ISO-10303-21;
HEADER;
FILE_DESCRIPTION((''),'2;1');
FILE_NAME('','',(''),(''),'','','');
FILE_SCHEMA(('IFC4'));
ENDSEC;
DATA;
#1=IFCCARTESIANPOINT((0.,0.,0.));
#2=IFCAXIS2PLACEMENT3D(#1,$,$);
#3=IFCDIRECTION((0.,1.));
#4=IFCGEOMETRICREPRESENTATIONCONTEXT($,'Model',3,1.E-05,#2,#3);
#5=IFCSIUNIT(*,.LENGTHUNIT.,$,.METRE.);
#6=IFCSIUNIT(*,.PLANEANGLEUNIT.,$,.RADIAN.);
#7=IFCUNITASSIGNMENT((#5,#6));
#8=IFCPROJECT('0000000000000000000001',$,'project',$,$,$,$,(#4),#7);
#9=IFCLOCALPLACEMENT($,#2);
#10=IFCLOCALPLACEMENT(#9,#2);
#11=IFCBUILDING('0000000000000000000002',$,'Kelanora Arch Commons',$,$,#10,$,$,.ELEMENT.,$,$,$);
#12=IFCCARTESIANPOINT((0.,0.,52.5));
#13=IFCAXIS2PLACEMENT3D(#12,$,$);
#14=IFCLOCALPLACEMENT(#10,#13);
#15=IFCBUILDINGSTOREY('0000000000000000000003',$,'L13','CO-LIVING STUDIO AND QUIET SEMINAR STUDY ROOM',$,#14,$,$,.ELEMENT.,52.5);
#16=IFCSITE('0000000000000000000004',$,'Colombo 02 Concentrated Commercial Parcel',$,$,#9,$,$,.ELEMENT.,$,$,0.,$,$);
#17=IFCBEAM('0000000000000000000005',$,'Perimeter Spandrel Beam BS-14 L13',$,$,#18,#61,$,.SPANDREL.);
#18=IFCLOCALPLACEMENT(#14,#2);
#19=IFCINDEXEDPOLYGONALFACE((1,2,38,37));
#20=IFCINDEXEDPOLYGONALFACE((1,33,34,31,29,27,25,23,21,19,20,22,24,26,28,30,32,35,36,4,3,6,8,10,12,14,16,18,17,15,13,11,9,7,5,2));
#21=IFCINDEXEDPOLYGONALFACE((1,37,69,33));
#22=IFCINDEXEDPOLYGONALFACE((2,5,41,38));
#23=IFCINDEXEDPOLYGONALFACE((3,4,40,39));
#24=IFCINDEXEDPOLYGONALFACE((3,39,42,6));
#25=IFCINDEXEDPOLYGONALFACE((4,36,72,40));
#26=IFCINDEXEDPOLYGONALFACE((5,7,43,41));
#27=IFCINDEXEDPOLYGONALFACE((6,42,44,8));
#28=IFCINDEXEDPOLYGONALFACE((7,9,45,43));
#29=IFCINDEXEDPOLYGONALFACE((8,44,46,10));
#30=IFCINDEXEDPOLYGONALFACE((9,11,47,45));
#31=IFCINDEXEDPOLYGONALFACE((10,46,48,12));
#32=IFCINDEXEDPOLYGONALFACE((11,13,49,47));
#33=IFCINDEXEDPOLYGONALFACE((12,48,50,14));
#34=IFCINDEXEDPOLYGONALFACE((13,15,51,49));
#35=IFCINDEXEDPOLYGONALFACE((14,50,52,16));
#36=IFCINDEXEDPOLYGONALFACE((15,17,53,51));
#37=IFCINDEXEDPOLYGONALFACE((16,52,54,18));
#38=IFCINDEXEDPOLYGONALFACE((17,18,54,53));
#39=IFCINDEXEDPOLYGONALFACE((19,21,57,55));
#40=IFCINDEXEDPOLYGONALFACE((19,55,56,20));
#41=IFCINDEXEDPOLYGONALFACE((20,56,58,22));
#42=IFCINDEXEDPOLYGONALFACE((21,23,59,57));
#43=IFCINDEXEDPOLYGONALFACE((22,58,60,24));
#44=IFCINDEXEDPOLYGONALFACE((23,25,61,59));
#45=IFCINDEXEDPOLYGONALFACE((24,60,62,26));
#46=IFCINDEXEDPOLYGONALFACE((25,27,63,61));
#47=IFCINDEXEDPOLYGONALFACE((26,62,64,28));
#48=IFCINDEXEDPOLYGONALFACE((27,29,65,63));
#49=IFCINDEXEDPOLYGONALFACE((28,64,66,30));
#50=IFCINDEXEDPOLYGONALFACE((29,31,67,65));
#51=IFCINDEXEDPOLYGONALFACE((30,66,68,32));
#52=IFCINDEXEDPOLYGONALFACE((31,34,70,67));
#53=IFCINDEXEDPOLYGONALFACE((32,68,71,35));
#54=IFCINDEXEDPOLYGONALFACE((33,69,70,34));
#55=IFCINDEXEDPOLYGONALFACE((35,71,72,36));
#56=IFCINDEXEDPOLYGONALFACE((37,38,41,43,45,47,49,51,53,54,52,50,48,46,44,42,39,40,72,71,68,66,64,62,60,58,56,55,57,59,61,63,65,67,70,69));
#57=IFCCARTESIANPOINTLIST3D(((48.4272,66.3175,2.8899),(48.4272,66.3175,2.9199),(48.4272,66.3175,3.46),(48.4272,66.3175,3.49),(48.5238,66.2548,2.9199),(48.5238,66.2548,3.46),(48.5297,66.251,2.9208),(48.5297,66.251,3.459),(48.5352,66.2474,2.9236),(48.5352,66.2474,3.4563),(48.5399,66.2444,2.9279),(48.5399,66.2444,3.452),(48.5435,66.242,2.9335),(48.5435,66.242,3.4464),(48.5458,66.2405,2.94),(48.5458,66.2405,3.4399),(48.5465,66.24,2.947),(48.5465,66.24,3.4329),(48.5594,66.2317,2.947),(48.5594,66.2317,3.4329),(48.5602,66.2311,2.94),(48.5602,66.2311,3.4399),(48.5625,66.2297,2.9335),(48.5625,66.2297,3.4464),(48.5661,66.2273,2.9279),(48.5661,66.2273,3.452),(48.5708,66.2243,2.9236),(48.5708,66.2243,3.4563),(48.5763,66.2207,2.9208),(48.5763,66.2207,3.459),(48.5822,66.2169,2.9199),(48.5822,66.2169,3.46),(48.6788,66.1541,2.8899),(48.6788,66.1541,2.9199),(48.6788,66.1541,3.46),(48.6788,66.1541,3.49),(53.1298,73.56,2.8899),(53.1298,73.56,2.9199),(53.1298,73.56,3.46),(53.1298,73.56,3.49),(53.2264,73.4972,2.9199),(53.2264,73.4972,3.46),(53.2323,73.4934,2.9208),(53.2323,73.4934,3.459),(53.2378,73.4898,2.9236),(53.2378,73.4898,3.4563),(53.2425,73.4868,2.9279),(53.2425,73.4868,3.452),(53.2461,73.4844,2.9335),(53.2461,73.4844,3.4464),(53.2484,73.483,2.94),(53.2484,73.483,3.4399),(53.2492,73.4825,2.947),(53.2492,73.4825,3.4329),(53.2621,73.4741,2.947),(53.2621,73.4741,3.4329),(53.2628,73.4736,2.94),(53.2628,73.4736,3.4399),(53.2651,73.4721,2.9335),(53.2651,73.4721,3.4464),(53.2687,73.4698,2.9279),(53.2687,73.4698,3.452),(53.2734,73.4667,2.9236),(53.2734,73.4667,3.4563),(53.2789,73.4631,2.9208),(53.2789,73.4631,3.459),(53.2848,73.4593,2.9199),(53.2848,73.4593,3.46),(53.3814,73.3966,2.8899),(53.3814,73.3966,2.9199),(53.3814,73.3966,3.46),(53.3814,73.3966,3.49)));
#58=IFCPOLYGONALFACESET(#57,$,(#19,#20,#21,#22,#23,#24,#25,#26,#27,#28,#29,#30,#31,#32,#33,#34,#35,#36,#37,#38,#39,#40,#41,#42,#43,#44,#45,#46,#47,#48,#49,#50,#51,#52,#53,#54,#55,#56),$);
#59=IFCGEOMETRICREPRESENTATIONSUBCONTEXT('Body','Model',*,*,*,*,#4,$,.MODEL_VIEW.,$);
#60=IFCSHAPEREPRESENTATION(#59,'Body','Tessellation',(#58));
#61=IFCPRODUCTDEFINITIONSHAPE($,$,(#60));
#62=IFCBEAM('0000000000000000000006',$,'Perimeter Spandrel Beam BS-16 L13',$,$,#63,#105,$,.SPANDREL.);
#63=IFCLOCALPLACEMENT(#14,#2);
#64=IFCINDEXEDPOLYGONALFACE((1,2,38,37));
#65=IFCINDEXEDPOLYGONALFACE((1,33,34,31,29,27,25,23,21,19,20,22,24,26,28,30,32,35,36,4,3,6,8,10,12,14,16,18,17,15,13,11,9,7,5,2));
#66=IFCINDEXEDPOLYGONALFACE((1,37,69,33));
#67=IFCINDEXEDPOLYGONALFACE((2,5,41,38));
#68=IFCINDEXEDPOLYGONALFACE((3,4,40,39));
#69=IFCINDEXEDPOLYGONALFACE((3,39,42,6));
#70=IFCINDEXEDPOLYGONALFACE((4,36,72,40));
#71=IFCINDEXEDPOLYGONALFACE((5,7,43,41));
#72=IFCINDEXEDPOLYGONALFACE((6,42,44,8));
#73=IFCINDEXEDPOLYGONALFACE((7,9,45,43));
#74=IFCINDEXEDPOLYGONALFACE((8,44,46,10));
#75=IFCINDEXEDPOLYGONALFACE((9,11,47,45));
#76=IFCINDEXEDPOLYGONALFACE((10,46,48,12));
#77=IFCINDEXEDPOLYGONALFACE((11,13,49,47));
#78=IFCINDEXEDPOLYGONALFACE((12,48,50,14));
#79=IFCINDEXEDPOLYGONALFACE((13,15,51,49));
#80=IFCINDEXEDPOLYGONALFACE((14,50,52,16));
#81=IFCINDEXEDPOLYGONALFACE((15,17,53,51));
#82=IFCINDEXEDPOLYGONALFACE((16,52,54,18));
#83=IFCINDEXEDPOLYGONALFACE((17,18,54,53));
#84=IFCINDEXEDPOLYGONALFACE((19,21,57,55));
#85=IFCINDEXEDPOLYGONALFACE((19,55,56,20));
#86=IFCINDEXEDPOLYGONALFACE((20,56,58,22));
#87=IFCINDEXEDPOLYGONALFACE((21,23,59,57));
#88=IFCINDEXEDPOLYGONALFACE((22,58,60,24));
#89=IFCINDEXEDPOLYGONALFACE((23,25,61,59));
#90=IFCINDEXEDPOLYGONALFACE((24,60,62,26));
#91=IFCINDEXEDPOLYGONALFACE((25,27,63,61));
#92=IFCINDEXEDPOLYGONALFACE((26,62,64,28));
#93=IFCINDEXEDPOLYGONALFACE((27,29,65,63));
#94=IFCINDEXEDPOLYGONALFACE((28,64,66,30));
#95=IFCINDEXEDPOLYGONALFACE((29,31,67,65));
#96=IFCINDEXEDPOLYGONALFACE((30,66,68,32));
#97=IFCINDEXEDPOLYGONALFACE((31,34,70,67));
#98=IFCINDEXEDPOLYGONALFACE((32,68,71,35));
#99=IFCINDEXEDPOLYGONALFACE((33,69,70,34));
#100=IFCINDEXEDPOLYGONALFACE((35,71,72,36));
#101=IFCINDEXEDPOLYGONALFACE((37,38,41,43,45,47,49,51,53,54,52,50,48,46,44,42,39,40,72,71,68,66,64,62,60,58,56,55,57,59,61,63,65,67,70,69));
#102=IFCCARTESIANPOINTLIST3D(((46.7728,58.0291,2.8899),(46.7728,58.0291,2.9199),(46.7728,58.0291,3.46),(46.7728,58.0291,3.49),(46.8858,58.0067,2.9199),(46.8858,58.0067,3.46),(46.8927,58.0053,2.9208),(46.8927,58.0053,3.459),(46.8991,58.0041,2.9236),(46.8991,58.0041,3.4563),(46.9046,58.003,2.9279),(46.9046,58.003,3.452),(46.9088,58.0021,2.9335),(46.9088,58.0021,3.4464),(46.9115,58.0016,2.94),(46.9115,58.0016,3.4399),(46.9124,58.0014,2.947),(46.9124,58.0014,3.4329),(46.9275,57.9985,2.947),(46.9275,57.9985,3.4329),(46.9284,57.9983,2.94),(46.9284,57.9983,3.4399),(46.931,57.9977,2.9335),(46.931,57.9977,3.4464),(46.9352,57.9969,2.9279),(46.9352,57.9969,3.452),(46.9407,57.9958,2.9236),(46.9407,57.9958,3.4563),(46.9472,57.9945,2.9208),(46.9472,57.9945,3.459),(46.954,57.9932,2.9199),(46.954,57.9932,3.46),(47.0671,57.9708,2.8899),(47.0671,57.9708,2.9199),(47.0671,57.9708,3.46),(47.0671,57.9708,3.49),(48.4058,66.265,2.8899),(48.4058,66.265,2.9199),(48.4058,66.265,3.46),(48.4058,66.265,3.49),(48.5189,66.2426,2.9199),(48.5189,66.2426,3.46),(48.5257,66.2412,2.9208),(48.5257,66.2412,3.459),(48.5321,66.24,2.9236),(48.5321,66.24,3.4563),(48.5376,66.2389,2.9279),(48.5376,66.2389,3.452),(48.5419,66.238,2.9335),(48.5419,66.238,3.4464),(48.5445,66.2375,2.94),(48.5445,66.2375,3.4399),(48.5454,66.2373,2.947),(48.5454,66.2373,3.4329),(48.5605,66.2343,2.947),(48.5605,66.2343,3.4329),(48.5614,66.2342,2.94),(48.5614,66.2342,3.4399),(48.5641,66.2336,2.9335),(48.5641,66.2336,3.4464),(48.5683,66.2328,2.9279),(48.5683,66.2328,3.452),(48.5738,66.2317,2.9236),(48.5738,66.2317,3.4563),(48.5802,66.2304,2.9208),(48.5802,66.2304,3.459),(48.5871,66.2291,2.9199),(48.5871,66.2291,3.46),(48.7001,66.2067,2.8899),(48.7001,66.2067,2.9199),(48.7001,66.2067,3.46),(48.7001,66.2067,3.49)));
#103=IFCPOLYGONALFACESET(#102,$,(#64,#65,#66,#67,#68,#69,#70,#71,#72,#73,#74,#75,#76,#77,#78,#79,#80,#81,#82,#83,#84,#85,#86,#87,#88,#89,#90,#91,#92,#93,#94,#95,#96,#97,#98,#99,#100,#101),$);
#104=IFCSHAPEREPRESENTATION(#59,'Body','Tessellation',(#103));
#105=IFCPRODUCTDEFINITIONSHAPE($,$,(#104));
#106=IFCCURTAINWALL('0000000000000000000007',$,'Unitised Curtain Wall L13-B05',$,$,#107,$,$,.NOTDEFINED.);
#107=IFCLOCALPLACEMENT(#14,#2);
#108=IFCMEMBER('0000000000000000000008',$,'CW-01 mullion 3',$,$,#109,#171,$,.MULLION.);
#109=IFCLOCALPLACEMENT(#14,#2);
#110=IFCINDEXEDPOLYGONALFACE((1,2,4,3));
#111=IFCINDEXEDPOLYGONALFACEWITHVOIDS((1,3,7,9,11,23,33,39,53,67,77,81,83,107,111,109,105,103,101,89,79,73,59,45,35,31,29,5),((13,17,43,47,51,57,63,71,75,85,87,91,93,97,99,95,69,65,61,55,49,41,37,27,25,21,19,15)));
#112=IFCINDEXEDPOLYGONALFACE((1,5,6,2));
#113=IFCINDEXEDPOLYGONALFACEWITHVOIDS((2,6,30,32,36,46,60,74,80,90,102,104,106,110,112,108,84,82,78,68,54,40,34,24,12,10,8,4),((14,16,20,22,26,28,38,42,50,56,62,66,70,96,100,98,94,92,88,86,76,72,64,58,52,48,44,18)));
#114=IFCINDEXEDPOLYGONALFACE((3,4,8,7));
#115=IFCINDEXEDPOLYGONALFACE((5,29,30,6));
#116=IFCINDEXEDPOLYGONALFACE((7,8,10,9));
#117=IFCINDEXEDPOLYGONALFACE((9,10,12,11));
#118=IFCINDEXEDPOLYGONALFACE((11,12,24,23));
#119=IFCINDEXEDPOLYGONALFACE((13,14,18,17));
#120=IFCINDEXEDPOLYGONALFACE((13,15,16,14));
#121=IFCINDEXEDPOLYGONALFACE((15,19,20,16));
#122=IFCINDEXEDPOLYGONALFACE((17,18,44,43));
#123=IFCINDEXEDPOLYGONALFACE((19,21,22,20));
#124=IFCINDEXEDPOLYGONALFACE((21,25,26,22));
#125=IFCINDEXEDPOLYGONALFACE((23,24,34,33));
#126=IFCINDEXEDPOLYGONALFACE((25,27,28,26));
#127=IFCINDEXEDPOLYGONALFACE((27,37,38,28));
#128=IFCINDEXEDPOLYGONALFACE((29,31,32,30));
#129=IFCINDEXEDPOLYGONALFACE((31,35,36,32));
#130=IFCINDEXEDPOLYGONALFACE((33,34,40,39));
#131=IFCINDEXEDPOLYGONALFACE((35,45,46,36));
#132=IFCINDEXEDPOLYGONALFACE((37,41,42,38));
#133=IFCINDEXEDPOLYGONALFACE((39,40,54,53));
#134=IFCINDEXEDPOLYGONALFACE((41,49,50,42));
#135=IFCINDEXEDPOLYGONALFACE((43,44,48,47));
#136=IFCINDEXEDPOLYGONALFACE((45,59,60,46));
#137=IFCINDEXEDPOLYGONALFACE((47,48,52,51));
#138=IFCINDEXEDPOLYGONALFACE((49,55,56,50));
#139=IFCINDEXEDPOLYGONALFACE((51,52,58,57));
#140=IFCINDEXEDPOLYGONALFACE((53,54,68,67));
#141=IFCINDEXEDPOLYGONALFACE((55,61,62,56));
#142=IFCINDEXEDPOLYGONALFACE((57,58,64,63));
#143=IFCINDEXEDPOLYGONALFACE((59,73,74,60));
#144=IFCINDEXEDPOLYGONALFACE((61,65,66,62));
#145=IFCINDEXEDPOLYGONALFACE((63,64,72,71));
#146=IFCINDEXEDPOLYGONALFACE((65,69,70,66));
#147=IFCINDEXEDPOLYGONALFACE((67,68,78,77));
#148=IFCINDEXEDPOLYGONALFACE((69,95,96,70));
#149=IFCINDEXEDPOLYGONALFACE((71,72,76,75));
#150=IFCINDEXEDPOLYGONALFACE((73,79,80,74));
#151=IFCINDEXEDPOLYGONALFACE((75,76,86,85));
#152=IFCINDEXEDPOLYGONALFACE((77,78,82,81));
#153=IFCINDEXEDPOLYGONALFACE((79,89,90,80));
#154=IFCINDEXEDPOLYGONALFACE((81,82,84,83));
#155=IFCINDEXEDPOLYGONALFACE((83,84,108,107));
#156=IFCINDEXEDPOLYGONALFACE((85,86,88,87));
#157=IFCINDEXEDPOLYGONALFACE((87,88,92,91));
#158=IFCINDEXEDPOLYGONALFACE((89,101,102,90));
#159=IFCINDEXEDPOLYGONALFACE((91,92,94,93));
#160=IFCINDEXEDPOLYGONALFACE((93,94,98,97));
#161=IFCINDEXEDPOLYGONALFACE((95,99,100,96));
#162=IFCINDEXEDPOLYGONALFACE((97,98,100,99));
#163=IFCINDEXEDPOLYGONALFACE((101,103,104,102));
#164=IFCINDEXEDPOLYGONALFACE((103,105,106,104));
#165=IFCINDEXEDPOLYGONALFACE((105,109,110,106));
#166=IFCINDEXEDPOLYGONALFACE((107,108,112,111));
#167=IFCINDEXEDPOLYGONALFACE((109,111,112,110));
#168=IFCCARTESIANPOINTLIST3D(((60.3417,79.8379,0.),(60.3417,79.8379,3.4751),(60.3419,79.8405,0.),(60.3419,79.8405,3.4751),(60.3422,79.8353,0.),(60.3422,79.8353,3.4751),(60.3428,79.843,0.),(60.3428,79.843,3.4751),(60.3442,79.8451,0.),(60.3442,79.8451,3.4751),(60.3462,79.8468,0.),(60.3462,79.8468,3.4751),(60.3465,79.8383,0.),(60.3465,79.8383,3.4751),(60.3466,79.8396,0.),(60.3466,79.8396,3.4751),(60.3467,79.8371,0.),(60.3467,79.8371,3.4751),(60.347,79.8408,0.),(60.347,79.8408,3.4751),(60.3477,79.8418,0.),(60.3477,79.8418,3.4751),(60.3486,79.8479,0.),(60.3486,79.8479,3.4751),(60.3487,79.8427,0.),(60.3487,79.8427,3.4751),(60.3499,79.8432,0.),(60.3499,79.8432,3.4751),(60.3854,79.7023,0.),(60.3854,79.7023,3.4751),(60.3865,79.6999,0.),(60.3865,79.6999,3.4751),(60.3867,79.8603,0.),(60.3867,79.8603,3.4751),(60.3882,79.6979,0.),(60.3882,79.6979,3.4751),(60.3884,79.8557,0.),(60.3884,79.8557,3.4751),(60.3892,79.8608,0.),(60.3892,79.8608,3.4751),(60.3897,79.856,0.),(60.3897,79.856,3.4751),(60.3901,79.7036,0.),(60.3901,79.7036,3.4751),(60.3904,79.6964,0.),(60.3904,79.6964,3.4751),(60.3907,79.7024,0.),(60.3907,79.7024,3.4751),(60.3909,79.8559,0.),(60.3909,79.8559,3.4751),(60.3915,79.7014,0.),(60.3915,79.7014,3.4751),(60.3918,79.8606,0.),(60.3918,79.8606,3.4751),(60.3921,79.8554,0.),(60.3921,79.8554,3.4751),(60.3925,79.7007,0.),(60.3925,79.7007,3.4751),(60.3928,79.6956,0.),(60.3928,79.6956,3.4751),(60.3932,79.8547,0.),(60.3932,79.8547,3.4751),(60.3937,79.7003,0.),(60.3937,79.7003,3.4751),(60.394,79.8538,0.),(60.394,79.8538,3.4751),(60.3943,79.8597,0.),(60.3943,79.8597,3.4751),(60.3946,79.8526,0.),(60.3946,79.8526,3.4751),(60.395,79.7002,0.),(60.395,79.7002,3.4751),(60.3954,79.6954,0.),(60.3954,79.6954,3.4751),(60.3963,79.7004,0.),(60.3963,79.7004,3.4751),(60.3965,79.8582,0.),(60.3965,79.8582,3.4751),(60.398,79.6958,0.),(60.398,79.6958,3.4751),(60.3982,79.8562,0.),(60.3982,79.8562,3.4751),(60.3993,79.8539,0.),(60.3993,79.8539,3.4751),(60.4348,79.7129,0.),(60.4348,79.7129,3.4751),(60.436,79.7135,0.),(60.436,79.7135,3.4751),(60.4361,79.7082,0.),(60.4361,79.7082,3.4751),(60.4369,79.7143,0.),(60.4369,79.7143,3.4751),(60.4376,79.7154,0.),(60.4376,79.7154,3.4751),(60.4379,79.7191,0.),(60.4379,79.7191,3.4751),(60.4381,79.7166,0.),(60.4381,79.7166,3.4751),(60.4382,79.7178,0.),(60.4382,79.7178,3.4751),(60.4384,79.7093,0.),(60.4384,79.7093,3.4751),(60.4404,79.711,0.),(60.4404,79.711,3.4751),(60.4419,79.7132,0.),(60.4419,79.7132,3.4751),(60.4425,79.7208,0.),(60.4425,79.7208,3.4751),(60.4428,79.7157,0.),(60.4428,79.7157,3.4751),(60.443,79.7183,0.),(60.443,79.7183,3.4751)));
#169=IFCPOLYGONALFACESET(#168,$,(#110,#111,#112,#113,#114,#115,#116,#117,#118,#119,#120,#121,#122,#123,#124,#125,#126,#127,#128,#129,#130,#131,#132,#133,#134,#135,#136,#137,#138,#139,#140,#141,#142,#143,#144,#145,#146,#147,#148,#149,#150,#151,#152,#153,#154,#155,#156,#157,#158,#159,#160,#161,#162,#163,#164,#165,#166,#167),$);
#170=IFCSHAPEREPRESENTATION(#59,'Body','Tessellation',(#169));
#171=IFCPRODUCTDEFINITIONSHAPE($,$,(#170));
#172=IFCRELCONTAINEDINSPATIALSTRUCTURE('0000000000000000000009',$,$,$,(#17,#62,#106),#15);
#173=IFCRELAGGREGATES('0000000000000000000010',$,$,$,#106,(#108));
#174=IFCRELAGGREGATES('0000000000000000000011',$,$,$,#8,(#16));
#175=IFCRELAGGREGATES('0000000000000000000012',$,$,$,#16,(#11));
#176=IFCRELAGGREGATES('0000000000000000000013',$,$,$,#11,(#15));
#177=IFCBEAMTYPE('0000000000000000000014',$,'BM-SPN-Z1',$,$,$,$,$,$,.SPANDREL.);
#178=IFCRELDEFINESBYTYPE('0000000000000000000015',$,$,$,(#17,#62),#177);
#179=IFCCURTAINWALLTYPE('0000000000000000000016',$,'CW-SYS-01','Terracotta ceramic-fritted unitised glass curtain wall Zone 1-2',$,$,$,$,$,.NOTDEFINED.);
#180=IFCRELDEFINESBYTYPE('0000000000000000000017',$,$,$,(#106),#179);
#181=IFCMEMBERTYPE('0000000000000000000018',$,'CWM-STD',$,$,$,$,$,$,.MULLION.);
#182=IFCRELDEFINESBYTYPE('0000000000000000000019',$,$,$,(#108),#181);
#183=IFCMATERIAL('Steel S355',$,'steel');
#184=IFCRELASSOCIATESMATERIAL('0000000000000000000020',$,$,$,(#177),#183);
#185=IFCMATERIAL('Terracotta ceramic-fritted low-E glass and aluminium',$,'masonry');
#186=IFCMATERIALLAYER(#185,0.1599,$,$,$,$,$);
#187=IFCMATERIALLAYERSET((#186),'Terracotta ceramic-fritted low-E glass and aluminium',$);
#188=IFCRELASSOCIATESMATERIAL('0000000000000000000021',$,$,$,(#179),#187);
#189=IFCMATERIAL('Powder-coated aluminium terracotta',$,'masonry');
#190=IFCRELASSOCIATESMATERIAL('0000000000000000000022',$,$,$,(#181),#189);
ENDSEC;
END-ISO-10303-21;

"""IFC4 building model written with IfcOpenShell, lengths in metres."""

from ifc_helpers import new_model, si_unit, direction, frame, origin, origin_2d, place, context, subcontext, project, spatial, hollow_rectangle, i_section, extrude, material, layer, layer_set, material_profile, profile_set, type_object, element, aggregate, save


model = new_model("IFC4")

# Units and contexts
model_context = context("Model", 3, precision=1e-05, world=origin(), true_north=direction((0.0, 1.0)))
body_context = subcontext(model_context, "Body", "Model", "MODEL_VIEW")
ifc_project = project(units=[si_unit("LENGTHUNIT", "METRE"), si_unit("PLANEANGLEUNIT", "RADIAN")], contexts=[model_context])

# Site, building, storey
site_placement = place(None, origin())
site = spatial("IfcSite", under=ifc_project, at=site_placement, Name="Colombo 02 Concentrated Commercial Parcel", CompositionType="ELEMENT", RefElevation=0.0)
building_placement = place(site_placement, origin())
building = spatial("IfcBuilding", under=site, at=building_placement, Name="Kelanora Arch Commons", CompositionType="ELEMENT")
storey_placement = place(building_placement, frame((0.0, 0.0, 52.5)))
storey = spatial("IfcBuildingStorey", under=building, at=storey_placement, Name="L13", Description="CO-LIVING STUDIO AND QUIET SEMINAR STUDY ROOM", CompositionType="ELEMENT", Elevation=52.5)

# Beams
ifc_material_1 = material(Name="Steel S355", Category="steel")
ifc_material_profile_1 = material_profile(ifc_material_1, i_section(OverallWidth=0.3, OverallDepth=0.6001, WebThickness=0.0154, FlangeThickness=0.03, FilletRadius=0.0271, at=origin_2d()), Name="HEB600")
ifc_profile_set_1 = profile_set([ifc_material_profile_1], Name="Steel S355")
beam_type_1 = type_object("IfcBeamType", Name="BM-SPN-Z1", PredefinedType="SPANDREL", material=ifc_profile_set_1)
beam_1_placement = place(storey_placement, frame((53.2556, 73.4783, 3.1899), z_axis=(-0.544586, -0.838705, 0.0), x_axis=(0.838705, -0.544586, 0.0)))
element("IfcBeam", 1, at=beam_1_placement, inside=storey, type_object=beam_type_1, Name="Perimeter Spandrel Beam BS-14 L13", PredefinedType="SPANDREL", context=body_context, shape_type="SweptSolid", body=[
    extrude(i_section(OverallWidth=0.3, OverallDepth=0.6001, WebThickness=0.0154, FlangeThickness=0.03, FilletRadius=0.0271, at=origin_2d()), origin(), (0.0, 0.0, 1.0), 8.6353),
])
beam_2_placement = place(storey_placement, frame((48.553, 66.2358, 3.1899), z_axis=(-0.1945, -0.980903, 0.0), x_axis=(0.980903, -0.1945, 0.0)))
element("IfcBeam", 2, at=beam_2_placement, inside=storey, type_object=beam_type_1, Name="Perimeter Spandrel Beam BS-16 L13", PredefinedType="SPANDREL", context=body_context, shape_type="SweptSolid", body=[
    extrude(i_section(OverallWidth=0.3, OverallDepth=0.6001, WebThickness=0.0154, FlangeThickness=0.03, FilletRadius=0.0271, at=origin_2d()), origin(), (0.0, 0.0, 1.0), 8.3962),
])

# Curtain wall, member
ifc_material_2 = material(Name="Terracotta ceramic-fritted low-E glass and aluminium", Category="masonry")
ifc_layer_1 = layer(ifc_material_2, 0.1599)
ifc_layer_set_1 = layer_set([ifc_layer_1], Name="Terracotta ceramic-fritted low-E glass and aluminium")
curtain_wall_type = type_object("IfcCurtainWallType", Name="CW-SYS-01", Description="Terracotta ceramic-fritted unitised glass curtain wall Zone 1-2", PredefinedType="NOTDEFINED", material=ifc_layer_set_1)
curtain_wall_1_placement = place(storey_placement, origin())
curtain_wall_1 = element("IfcCurtainWall", 3, at=curtain_wall_1_placement, inside=storey, type_object=curtain_wall_type, Name="Unitised Curtain Wall L13-B05", PredefinedType="NOTDEFINED")
ifc_material_3 = material(Name="Powder-coated aluminium terracotta", Category="masonry")
ifc_material_profile_2 = material_profile(ifc_material_3, hollow_rectangle(XDim=0.1599, YDim=0.0601, WallThickness=0.0049, InnerFilletRadius=0.0049, OuterFilletRadius=0.01, at=origin_2d()), Name="CWM160x60")
ifc_profile_set_2 = profile_set([ifc_material_profile_2], Name="Powder-coated aluminium terracotta")
member_type = type_object("IfcMemberType", Name="CWM-STD", PredefinedType="MULLION", material=ifc_profile_set_2)
member_1_placement = place(storey_placement, frame((60.3923, 79.7781, 0.0), z_axis=(0.0, 0.0, 1.0), x_axis=(0.309058, -0.951043, 0.0)))
member_1 = element("IfcMember", 4, at=member_1_placement, type_object=member_type, Name="CW-01 mullion 3", PredefinedType="MULLION", context=body_context, shape_type="SweptSolid", body=[
    extrude(hollow_rectangle(XDim=0.1599, YDim=0.0601, WallThickness=0.0049, InnerFilletRadius=0.0049, OuterFilletRadius=0.01, at=origin_2d()), origin(), (0.0, 0.0, 1.0), 3.4751),
])
aggregate(curtain_wall_1, [member_1])

save(model, "model.ifc")
